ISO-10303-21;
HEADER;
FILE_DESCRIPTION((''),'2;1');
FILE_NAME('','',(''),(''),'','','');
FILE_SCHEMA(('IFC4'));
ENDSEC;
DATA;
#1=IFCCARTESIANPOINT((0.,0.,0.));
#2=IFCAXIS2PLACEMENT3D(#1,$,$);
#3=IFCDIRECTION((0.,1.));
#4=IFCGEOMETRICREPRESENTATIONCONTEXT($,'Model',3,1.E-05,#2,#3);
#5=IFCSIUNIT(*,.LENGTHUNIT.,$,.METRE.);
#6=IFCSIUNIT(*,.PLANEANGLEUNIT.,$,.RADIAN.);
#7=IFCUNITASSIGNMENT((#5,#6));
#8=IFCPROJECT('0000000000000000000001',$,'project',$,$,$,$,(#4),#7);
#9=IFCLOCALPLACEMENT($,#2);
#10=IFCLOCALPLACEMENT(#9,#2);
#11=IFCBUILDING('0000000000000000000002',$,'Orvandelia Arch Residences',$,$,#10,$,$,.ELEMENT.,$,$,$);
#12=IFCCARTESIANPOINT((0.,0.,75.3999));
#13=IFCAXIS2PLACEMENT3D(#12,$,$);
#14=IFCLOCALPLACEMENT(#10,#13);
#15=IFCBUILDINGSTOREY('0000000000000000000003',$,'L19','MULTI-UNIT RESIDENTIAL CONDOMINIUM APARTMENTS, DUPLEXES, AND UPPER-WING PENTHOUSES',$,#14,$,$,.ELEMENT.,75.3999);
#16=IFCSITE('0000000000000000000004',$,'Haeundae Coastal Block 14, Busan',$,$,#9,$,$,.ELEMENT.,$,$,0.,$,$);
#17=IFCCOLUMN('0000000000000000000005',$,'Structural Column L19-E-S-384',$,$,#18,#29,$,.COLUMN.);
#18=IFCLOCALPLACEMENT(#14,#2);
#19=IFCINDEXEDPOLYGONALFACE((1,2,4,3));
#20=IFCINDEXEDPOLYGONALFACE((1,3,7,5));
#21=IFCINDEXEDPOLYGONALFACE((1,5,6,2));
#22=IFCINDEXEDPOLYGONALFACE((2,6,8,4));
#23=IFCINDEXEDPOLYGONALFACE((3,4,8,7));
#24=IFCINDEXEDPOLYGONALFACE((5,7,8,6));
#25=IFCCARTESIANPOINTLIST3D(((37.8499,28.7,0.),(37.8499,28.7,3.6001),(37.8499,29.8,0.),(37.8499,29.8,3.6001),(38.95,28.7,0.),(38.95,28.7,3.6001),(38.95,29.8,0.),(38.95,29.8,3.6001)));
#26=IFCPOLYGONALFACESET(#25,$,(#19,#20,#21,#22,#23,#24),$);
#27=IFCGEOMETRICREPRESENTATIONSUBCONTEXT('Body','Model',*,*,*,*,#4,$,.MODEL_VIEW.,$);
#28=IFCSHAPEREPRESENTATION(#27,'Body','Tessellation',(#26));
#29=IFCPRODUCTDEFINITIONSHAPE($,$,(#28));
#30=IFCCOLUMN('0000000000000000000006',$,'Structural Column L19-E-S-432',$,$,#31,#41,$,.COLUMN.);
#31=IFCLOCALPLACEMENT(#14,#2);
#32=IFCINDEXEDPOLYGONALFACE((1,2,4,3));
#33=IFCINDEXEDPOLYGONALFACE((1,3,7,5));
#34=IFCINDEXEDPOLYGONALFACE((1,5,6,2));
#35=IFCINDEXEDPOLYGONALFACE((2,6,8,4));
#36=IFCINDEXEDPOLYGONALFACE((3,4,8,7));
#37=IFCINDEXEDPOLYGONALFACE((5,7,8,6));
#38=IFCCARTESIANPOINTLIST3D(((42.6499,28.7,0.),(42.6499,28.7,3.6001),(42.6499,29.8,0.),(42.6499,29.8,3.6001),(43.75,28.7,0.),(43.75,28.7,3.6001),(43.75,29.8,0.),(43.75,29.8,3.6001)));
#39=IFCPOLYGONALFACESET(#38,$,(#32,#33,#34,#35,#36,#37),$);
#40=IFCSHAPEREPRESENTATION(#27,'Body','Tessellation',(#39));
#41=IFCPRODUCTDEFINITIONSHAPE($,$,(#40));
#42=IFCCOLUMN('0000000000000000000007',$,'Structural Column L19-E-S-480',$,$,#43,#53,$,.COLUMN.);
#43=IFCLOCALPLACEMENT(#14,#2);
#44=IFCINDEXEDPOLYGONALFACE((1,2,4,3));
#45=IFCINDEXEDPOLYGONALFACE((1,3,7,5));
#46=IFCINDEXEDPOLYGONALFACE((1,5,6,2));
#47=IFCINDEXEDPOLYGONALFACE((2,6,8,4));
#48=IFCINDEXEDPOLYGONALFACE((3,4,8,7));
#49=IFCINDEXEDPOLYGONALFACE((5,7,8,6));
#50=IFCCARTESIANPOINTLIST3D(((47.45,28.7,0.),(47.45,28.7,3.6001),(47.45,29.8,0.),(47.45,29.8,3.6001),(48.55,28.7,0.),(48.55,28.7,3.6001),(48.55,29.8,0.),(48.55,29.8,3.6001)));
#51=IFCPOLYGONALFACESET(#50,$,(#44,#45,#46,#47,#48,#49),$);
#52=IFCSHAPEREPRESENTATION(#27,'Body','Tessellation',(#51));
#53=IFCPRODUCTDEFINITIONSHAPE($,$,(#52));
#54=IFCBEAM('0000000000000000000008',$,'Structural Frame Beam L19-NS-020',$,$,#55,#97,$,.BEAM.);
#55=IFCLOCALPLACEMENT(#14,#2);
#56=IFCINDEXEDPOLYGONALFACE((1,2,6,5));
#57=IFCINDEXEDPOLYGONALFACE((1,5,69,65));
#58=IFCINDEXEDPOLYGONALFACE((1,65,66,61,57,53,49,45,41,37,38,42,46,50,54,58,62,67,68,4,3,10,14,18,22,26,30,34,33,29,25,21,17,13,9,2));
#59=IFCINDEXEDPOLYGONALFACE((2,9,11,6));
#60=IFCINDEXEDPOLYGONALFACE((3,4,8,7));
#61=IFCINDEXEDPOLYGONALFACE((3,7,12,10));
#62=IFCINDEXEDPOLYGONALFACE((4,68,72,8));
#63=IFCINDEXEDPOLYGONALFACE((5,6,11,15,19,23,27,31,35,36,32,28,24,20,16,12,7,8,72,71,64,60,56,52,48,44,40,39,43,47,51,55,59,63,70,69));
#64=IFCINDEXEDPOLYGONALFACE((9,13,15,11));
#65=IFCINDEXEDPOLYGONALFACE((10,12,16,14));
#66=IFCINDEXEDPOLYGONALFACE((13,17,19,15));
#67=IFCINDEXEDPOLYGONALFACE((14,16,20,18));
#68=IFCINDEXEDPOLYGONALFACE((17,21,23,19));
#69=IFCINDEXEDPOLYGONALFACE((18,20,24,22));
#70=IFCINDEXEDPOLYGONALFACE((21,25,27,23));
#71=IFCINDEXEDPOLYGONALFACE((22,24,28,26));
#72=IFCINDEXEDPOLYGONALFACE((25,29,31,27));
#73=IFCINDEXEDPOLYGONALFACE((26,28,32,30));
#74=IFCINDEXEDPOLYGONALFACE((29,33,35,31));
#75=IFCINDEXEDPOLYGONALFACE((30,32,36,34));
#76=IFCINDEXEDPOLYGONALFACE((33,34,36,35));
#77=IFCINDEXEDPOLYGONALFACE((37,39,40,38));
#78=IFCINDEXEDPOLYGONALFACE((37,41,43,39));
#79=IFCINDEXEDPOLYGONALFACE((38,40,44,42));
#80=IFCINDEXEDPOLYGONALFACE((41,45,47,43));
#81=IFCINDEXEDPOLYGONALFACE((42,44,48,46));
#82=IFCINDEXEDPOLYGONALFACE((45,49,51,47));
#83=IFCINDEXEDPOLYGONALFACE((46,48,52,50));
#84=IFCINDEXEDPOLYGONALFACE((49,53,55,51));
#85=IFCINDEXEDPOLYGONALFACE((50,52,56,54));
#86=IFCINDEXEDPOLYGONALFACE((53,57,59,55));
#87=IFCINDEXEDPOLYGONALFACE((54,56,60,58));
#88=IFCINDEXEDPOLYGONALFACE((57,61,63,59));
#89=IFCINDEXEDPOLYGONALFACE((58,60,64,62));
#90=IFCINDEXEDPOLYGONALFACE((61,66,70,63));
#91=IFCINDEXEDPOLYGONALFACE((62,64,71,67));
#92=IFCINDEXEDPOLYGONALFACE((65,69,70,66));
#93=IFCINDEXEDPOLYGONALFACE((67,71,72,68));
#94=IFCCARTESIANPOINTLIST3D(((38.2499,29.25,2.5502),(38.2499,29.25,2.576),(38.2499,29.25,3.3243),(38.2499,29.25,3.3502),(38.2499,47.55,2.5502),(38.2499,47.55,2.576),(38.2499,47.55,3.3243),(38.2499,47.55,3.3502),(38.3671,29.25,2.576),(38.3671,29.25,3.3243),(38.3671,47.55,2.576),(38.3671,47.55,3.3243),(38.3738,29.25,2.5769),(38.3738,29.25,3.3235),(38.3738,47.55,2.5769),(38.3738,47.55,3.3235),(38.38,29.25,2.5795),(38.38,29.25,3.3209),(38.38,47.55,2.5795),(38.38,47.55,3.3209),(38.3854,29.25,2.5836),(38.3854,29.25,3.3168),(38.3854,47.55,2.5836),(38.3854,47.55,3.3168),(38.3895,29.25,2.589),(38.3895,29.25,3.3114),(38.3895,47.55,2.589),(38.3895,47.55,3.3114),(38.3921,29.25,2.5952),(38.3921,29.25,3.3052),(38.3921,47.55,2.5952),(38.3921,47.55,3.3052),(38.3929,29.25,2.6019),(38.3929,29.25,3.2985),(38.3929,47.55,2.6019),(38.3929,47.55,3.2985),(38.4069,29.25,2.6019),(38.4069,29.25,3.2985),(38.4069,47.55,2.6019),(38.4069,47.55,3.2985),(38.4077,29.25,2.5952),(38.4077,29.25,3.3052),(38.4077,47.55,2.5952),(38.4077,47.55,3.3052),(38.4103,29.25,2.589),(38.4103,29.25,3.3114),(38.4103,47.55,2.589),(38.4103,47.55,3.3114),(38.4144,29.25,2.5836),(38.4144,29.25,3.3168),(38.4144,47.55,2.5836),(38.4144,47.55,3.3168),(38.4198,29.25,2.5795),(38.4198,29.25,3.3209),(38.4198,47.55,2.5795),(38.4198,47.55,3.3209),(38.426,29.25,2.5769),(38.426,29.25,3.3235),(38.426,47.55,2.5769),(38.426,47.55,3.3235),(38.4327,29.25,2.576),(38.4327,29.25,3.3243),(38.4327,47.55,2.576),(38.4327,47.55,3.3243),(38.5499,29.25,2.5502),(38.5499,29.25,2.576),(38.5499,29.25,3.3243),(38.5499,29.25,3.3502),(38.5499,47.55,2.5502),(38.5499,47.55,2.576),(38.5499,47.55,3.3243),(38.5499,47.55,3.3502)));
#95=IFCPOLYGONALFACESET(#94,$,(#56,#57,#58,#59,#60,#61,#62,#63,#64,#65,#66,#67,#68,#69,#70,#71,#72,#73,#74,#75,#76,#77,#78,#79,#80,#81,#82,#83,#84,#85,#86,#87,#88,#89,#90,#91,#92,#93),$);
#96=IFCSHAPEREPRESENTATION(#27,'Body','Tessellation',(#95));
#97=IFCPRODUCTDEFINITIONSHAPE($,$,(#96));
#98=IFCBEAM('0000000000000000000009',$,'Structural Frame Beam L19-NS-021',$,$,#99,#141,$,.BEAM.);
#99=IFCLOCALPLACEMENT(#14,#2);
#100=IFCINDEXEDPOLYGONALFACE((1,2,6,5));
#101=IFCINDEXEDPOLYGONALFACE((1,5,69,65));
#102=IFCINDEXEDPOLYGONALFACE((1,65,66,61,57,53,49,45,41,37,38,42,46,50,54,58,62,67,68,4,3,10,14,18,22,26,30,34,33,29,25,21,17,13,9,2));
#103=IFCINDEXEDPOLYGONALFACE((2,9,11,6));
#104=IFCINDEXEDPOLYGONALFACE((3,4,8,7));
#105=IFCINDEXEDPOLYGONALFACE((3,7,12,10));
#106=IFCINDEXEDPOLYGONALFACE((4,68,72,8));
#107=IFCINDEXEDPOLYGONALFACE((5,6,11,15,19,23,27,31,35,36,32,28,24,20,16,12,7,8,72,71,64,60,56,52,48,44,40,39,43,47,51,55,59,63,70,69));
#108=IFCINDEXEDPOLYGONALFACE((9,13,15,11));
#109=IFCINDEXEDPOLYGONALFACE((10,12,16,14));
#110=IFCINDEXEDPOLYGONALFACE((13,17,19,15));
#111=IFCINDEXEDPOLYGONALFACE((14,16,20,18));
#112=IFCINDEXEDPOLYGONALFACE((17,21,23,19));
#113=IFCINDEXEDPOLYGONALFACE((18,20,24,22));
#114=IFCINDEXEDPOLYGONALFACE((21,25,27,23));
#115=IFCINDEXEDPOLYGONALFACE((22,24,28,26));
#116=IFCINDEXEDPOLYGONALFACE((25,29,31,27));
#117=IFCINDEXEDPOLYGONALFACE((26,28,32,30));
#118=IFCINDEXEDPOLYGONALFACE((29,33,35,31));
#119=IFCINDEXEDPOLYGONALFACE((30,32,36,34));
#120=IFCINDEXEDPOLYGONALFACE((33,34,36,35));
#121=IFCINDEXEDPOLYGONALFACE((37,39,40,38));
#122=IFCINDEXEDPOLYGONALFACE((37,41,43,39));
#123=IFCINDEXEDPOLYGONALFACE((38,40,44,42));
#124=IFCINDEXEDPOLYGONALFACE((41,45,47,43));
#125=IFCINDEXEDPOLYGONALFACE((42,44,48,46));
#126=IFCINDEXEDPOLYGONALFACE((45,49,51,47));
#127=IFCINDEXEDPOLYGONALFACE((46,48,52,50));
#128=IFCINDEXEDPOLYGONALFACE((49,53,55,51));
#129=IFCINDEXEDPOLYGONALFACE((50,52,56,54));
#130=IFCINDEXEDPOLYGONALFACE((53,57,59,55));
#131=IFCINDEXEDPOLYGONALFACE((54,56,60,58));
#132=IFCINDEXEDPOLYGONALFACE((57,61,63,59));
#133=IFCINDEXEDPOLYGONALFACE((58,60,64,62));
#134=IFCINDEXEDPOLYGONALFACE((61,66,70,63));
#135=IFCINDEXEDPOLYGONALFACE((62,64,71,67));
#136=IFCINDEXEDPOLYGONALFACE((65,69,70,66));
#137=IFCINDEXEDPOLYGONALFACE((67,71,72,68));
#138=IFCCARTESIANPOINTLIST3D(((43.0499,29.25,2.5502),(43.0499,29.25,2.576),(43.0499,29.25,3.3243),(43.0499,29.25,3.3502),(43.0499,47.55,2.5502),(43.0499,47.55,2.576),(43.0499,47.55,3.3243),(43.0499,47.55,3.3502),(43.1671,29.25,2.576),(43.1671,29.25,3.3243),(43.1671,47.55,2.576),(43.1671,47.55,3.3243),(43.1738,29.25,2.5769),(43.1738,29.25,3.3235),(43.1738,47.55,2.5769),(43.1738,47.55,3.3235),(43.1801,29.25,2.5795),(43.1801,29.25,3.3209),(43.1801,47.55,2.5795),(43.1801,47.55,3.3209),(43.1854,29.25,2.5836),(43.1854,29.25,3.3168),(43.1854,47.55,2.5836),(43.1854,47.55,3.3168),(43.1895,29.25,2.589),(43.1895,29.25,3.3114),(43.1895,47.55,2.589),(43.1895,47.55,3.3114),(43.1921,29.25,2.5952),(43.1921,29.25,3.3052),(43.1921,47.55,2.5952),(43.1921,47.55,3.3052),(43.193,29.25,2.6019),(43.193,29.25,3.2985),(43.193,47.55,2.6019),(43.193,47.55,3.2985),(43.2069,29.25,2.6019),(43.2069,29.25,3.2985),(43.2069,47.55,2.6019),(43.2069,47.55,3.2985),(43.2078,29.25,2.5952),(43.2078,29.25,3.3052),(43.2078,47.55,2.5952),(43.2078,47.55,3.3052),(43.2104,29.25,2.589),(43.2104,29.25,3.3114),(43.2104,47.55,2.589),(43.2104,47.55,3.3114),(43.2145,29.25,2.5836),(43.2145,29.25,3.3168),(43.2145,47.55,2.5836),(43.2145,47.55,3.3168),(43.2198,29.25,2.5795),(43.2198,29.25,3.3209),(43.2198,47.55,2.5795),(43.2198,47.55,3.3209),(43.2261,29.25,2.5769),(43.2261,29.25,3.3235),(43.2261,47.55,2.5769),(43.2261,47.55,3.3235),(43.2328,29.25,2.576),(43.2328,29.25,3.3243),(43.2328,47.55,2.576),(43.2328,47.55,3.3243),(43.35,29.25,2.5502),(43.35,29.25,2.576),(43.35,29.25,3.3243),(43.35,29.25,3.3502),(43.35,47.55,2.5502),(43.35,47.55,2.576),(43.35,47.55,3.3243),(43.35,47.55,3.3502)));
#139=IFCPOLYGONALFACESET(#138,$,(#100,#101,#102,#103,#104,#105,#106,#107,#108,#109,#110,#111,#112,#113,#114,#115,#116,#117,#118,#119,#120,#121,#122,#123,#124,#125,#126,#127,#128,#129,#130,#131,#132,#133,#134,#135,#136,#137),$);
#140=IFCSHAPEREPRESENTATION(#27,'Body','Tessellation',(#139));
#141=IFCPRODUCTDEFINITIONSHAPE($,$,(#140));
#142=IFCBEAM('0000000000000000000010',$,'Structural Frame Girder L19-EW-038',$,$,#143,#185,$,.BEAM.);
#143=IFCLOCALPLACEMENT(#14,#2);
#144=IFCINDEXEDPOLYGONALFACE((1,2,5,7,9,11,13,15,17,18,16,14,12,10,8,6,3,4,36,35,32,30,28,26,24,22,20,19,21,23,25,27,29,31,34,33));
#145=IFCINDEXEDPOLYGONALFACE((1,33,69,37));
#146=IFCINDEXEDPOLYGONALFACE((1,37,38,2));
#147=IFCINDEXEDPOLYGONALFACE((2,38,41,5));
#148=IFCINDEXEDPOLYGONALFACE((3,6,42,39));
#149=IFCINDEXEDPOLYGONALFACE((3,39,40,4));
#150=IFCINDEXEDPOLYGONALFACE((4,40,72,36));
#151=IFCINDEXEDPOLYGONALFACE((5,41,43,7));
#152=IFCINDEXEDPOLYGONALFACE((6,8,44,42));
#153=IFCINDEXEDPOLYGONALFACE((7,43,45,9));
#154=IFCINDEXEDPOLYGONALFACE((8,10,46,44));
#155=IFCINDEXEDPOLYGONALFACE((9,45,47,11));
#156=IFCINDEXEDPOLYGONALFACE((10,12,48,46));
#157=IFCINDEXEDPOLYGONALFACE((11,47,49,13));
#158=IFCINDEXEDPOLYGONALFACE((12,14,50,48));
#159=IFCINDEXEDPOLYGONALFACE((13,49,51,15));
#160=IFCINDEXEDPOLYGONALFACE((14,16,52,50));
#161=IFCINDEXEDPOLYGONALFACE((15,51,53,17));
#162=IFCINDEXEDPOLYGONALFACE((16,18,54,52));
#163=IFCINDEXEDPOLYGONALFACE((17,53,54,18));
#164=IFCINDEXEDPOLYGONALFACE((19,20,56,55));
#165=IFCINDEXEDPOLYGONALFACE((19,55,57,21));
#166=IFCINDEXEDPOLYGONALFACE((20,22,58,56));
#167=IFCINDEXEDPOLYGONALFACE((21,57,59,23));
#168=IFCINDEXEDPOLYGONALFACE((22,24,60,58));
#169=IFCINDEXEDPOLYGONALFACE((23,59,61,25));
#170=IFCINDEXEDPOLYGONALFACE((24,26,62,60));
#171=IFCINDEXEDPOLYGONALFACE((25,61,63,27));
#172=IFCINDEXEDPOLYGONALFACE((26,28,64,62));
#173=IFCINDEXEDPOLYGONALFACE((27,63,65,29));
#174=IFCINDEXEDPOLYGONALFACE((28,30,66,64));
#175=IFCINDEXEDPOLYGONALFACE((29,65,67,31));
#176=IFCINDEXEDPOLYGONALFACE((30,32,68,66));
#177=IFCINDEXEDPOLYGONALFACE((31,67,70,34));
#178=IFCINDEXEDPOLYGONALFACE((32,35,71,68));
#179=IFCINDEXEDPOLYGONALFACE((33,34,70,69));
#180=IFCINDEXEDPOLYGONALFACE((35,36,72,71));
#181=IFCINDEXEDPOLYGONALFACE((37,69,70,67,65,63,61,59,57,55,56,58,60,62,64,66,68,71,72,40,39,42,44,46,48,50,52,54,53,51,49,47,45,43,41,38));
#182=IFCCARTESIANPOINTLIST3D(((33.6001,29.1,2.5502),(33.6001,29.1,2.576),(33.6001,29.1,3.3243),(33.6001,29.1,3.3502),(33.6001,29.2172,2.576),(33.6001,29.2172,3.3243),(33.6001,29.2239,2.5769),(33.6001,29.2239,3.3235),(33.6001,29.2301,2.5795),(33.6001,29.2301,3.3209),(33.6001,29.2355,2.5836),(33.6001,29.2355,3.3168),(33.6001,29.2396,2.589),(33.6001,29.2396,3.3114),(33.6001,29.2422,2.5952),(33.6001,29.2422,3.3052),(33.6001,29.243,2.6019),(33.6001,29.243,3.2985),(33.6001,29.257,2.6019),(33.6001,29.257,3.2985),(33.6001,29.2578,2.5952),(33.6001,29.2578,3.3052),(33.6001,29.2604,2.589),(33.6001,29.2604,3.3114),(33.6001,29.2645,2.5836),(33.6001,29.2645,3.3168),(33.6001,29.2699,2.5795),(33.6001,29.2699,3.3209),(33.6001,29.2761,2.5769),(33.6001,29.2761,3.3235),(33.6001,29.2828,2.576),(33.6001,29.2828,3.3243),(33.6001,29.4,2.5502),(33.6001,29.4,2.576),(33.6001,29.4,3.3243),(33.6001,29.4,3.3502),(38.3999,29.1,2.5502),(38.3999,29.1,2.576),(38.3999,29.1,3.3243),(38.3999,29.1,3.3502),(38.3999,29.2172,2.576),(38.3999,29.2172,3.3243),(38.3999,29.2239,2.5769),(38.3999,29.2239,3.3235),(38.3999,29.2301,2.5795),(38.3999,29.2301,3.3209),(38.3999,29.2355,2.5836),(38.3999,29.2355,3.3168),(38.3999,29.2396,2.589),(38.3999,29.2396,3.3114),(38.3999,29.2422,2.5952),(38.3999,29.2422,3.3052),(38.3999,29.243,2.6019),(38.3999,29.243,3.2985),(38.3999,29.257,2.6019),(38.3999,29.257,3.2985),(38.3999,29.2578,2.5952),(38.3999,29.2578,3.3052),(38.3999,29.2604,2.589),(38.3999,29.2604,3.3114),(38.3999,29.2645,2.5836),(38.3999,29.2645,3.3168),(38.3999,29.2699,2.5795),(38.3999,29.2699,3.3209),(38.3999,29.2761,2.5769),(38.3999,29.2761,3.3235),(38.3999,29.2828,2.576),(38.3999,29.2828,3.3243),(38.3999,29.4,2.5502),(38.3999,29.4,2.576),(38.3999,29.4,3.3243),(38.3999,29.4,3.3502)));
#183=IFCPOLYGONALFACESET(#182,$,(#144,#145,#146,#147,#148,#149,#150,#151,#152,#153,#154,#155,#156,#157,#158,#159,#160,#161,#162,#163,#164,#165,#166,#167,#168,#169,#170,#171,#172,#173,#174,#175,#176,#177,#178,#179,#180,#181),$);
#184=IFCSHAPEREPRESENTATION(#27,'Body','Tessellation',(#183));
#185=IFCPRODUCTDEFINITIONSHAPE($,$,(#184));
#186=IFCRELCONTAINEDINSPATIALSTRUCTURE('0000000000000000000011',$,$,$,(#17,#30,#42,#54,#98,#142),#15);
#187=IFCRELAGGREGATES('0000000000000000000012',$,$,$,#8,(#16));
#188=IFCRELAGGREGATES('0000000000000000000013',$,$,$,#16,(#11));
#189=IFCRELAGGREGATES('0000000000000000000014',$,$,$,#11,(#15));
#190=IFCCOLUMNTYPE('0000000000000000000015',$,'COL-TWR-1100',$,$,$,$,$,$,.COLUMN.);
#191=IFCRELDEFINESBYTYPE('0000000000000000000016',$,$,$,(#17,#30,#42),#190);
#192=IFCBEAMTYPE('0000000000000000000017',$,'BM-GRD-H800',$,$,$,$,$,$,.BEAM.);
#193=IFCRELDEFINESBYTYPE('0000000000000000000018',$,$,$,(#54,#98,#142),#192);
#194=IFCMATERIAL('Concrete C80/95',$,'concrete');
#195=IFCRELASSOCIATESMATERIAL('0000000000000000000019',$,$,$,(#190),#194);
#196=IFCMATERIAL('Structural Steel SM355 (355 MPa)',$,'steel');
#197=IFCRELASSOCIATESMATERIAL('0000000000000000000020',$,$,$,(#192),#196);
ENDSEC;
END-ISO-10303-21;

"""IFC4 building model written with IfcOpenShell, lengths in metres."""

from ifc_helpers import new_model, si_unit, direction, frame, origin, origin_2d, place, context, subcontext, project, spatial, rectangle, i_section, extrude, material, material_profile, profile_set, type_object, element, save


model = new_model("IFC4")

# Units and contexts
model_context = context("Model", 3, precision=1e-05, world=origin(), true_north=direction((0.0, 1.0)))
body_context = subcontext(model_context, "Body", "Model", "MODEL_VIEW")
ifc_project = project(units=[si_unit("LENGTHUNIT", "METRE"), si_unit("PLANEANGLEUNIT", "RADIAN")], contexts=[model_context])

# Site, building, storey
site_placement = place(None, origin())
site = spatial("IfcSite", under=ifc_project, at=site_placement, Name="Haeundae Coastal Block 14, Busan", CompositionType="ELEMENT", RefElevation=0.0)
building_placement = place(site_placement, origin())
building = spatial("IfcBuilding", under=site, at=building_placement, Name="Orvandelia Arch Residences", CompositionType="ELEMENT")
storey_placement = place(building_placement, frame((0.0, 0.0, 75.3999)))
storey = spatial("IfcBuildingStorey", under=building, at=storey_placement, Name="L19", Description="MULTI-UNIT RESIDENTIAL CONDOMINIUM APARTMENTS, DUPLEXES, AND UPPER-WING PENTHOUSES", CompositionType="ELEMENT", Elevation=75.3999)

# Columns
ifc_material_1 = material(Name="Concrete C80/95", Category="concrete")
ifc_material_profile_1 = material_profile(ifc_material_1, rectangle(XDim=1.1001, YDim=1.1001, at=origin_2d()), Name="Concrete C80/95", Category="concrete")
ifc_profile_set_1 = profile_set([ifc_material_profile_1], Name="Concrete C80/95")
column_type = type_object("IfcColumnType", Name="COL-TWR-1100", PredefinedType="COLUMN", material=ifc_profile_set_1)
for number, where, z_axis, x_axis, name in (
    (1, (38.3999, 29.25, 0.0), (0.0, 0.0, 1.0), (1.0, 0.0, 0.0), "Structural Column L19-E-S-384"),
    (2, (43.2, 29.25, 0.0), (0.0, 0.0, 1.0), (1.0, 0.0, 0.0), "Structural Column L19-E-S-432"),
    (3, (48.0, 29.25, 0.0), (0.0, 0.0, 1.0), (1.0, 0.0, 0.0), "Structural Column L19-E-S-480"),
):
    element("IfcColumn", number, at=place(storey_placement, frame(where, z_axis=z_axis, x_axis=x_axis)), inside=storey, type_object=column_type, Name=name, PredefinedType="COLUMN", context=body_context, shape_type="SweptSolid", body=[
        extrude(rectangle(XDim=1.1001, YDim=1.1001, at=origin_2d()), origin(), (0.0, 0.0, 1.0), 3.6001),
    ])

# Beams
ifc_material_2 = material(Name="Structural Steel SM355 (355 MPa)", Category="steel")
ifc_material_profile_2 = material_profile(ifc_material_2, i_section(OverallWidth=0.3, OverallDepth=0.8, WebThickness=0.0139, FlangeThickness=0.0259, FilletRadius=0.0259, at=origin_2d()), Name="Structural Steel SM355 (355 MPa)", Category="steel")
ifc_profile_set_2 = profile_set([ifc_material_profile_2], Name="Structural Steel SM355 (355 MPa)")
beam_type = type_object("IfcBeamType", Name="BM-GRD-H800", PredefinedType="BEAM", material=ifc_profile_set_2)
for number, where, z_axis, x_axis, name in (
    (4, (38.3999, 29.25, 2.9502), (0.0, 1.0, 0.0), (-1.0, 0.0, 0.0), "Structural Frame Beam L19-NS-020"),
    (5, (43.2, 29.25, 2.9502), (0.0, 1.0, 0.0), (-1.0, 0.0, 0.0), "Structural Frame Beam L19-NS-021"),
):
    element("IfcBeam", number, at=place(storey_placement, frame(where, z_axis=z_axis, x_axis=x_axis)), inside=storey, type_object=beam_type, Name=name, PredefinedType="BEAM", context=body_context, shape_type="SweptSolid", body=[
        extrude(i_section(OverallWidth=0.3, OverallDepth=0.8, WebThickness=0.0139, FlangeThickness=0.0259, FilletRadius=0.0259, at=origin_2d()), origin(), (0.0, 0.0, 1.0), 18.3),
    ])
beam_placement = place(storey_placement, frame((33.6001, 29.25, 2.9502), z_axis=(1.0, 0.0, 0.0), x_axis=(0.0, 1.0, 0.0)))
element("IfcBeam", 6, at=beam_placement, inside=storey, type_object=beam_type, Name="Structural Frame Girder L19-EW-038", PredefinedType="BEAM", context=body_context, shape_type="SweptSolid", body=[
    extrude(i_section(OverallWidth=0.3, OverallDepth=0.8, WebThickness=0.0139, FlangeThickness=0.0259, FilletRadius=0.0259, at=origin_2d()), origin(), (0.0, 0.0, 1.0), 4.7998),
])

save(model, "model.ifc")
